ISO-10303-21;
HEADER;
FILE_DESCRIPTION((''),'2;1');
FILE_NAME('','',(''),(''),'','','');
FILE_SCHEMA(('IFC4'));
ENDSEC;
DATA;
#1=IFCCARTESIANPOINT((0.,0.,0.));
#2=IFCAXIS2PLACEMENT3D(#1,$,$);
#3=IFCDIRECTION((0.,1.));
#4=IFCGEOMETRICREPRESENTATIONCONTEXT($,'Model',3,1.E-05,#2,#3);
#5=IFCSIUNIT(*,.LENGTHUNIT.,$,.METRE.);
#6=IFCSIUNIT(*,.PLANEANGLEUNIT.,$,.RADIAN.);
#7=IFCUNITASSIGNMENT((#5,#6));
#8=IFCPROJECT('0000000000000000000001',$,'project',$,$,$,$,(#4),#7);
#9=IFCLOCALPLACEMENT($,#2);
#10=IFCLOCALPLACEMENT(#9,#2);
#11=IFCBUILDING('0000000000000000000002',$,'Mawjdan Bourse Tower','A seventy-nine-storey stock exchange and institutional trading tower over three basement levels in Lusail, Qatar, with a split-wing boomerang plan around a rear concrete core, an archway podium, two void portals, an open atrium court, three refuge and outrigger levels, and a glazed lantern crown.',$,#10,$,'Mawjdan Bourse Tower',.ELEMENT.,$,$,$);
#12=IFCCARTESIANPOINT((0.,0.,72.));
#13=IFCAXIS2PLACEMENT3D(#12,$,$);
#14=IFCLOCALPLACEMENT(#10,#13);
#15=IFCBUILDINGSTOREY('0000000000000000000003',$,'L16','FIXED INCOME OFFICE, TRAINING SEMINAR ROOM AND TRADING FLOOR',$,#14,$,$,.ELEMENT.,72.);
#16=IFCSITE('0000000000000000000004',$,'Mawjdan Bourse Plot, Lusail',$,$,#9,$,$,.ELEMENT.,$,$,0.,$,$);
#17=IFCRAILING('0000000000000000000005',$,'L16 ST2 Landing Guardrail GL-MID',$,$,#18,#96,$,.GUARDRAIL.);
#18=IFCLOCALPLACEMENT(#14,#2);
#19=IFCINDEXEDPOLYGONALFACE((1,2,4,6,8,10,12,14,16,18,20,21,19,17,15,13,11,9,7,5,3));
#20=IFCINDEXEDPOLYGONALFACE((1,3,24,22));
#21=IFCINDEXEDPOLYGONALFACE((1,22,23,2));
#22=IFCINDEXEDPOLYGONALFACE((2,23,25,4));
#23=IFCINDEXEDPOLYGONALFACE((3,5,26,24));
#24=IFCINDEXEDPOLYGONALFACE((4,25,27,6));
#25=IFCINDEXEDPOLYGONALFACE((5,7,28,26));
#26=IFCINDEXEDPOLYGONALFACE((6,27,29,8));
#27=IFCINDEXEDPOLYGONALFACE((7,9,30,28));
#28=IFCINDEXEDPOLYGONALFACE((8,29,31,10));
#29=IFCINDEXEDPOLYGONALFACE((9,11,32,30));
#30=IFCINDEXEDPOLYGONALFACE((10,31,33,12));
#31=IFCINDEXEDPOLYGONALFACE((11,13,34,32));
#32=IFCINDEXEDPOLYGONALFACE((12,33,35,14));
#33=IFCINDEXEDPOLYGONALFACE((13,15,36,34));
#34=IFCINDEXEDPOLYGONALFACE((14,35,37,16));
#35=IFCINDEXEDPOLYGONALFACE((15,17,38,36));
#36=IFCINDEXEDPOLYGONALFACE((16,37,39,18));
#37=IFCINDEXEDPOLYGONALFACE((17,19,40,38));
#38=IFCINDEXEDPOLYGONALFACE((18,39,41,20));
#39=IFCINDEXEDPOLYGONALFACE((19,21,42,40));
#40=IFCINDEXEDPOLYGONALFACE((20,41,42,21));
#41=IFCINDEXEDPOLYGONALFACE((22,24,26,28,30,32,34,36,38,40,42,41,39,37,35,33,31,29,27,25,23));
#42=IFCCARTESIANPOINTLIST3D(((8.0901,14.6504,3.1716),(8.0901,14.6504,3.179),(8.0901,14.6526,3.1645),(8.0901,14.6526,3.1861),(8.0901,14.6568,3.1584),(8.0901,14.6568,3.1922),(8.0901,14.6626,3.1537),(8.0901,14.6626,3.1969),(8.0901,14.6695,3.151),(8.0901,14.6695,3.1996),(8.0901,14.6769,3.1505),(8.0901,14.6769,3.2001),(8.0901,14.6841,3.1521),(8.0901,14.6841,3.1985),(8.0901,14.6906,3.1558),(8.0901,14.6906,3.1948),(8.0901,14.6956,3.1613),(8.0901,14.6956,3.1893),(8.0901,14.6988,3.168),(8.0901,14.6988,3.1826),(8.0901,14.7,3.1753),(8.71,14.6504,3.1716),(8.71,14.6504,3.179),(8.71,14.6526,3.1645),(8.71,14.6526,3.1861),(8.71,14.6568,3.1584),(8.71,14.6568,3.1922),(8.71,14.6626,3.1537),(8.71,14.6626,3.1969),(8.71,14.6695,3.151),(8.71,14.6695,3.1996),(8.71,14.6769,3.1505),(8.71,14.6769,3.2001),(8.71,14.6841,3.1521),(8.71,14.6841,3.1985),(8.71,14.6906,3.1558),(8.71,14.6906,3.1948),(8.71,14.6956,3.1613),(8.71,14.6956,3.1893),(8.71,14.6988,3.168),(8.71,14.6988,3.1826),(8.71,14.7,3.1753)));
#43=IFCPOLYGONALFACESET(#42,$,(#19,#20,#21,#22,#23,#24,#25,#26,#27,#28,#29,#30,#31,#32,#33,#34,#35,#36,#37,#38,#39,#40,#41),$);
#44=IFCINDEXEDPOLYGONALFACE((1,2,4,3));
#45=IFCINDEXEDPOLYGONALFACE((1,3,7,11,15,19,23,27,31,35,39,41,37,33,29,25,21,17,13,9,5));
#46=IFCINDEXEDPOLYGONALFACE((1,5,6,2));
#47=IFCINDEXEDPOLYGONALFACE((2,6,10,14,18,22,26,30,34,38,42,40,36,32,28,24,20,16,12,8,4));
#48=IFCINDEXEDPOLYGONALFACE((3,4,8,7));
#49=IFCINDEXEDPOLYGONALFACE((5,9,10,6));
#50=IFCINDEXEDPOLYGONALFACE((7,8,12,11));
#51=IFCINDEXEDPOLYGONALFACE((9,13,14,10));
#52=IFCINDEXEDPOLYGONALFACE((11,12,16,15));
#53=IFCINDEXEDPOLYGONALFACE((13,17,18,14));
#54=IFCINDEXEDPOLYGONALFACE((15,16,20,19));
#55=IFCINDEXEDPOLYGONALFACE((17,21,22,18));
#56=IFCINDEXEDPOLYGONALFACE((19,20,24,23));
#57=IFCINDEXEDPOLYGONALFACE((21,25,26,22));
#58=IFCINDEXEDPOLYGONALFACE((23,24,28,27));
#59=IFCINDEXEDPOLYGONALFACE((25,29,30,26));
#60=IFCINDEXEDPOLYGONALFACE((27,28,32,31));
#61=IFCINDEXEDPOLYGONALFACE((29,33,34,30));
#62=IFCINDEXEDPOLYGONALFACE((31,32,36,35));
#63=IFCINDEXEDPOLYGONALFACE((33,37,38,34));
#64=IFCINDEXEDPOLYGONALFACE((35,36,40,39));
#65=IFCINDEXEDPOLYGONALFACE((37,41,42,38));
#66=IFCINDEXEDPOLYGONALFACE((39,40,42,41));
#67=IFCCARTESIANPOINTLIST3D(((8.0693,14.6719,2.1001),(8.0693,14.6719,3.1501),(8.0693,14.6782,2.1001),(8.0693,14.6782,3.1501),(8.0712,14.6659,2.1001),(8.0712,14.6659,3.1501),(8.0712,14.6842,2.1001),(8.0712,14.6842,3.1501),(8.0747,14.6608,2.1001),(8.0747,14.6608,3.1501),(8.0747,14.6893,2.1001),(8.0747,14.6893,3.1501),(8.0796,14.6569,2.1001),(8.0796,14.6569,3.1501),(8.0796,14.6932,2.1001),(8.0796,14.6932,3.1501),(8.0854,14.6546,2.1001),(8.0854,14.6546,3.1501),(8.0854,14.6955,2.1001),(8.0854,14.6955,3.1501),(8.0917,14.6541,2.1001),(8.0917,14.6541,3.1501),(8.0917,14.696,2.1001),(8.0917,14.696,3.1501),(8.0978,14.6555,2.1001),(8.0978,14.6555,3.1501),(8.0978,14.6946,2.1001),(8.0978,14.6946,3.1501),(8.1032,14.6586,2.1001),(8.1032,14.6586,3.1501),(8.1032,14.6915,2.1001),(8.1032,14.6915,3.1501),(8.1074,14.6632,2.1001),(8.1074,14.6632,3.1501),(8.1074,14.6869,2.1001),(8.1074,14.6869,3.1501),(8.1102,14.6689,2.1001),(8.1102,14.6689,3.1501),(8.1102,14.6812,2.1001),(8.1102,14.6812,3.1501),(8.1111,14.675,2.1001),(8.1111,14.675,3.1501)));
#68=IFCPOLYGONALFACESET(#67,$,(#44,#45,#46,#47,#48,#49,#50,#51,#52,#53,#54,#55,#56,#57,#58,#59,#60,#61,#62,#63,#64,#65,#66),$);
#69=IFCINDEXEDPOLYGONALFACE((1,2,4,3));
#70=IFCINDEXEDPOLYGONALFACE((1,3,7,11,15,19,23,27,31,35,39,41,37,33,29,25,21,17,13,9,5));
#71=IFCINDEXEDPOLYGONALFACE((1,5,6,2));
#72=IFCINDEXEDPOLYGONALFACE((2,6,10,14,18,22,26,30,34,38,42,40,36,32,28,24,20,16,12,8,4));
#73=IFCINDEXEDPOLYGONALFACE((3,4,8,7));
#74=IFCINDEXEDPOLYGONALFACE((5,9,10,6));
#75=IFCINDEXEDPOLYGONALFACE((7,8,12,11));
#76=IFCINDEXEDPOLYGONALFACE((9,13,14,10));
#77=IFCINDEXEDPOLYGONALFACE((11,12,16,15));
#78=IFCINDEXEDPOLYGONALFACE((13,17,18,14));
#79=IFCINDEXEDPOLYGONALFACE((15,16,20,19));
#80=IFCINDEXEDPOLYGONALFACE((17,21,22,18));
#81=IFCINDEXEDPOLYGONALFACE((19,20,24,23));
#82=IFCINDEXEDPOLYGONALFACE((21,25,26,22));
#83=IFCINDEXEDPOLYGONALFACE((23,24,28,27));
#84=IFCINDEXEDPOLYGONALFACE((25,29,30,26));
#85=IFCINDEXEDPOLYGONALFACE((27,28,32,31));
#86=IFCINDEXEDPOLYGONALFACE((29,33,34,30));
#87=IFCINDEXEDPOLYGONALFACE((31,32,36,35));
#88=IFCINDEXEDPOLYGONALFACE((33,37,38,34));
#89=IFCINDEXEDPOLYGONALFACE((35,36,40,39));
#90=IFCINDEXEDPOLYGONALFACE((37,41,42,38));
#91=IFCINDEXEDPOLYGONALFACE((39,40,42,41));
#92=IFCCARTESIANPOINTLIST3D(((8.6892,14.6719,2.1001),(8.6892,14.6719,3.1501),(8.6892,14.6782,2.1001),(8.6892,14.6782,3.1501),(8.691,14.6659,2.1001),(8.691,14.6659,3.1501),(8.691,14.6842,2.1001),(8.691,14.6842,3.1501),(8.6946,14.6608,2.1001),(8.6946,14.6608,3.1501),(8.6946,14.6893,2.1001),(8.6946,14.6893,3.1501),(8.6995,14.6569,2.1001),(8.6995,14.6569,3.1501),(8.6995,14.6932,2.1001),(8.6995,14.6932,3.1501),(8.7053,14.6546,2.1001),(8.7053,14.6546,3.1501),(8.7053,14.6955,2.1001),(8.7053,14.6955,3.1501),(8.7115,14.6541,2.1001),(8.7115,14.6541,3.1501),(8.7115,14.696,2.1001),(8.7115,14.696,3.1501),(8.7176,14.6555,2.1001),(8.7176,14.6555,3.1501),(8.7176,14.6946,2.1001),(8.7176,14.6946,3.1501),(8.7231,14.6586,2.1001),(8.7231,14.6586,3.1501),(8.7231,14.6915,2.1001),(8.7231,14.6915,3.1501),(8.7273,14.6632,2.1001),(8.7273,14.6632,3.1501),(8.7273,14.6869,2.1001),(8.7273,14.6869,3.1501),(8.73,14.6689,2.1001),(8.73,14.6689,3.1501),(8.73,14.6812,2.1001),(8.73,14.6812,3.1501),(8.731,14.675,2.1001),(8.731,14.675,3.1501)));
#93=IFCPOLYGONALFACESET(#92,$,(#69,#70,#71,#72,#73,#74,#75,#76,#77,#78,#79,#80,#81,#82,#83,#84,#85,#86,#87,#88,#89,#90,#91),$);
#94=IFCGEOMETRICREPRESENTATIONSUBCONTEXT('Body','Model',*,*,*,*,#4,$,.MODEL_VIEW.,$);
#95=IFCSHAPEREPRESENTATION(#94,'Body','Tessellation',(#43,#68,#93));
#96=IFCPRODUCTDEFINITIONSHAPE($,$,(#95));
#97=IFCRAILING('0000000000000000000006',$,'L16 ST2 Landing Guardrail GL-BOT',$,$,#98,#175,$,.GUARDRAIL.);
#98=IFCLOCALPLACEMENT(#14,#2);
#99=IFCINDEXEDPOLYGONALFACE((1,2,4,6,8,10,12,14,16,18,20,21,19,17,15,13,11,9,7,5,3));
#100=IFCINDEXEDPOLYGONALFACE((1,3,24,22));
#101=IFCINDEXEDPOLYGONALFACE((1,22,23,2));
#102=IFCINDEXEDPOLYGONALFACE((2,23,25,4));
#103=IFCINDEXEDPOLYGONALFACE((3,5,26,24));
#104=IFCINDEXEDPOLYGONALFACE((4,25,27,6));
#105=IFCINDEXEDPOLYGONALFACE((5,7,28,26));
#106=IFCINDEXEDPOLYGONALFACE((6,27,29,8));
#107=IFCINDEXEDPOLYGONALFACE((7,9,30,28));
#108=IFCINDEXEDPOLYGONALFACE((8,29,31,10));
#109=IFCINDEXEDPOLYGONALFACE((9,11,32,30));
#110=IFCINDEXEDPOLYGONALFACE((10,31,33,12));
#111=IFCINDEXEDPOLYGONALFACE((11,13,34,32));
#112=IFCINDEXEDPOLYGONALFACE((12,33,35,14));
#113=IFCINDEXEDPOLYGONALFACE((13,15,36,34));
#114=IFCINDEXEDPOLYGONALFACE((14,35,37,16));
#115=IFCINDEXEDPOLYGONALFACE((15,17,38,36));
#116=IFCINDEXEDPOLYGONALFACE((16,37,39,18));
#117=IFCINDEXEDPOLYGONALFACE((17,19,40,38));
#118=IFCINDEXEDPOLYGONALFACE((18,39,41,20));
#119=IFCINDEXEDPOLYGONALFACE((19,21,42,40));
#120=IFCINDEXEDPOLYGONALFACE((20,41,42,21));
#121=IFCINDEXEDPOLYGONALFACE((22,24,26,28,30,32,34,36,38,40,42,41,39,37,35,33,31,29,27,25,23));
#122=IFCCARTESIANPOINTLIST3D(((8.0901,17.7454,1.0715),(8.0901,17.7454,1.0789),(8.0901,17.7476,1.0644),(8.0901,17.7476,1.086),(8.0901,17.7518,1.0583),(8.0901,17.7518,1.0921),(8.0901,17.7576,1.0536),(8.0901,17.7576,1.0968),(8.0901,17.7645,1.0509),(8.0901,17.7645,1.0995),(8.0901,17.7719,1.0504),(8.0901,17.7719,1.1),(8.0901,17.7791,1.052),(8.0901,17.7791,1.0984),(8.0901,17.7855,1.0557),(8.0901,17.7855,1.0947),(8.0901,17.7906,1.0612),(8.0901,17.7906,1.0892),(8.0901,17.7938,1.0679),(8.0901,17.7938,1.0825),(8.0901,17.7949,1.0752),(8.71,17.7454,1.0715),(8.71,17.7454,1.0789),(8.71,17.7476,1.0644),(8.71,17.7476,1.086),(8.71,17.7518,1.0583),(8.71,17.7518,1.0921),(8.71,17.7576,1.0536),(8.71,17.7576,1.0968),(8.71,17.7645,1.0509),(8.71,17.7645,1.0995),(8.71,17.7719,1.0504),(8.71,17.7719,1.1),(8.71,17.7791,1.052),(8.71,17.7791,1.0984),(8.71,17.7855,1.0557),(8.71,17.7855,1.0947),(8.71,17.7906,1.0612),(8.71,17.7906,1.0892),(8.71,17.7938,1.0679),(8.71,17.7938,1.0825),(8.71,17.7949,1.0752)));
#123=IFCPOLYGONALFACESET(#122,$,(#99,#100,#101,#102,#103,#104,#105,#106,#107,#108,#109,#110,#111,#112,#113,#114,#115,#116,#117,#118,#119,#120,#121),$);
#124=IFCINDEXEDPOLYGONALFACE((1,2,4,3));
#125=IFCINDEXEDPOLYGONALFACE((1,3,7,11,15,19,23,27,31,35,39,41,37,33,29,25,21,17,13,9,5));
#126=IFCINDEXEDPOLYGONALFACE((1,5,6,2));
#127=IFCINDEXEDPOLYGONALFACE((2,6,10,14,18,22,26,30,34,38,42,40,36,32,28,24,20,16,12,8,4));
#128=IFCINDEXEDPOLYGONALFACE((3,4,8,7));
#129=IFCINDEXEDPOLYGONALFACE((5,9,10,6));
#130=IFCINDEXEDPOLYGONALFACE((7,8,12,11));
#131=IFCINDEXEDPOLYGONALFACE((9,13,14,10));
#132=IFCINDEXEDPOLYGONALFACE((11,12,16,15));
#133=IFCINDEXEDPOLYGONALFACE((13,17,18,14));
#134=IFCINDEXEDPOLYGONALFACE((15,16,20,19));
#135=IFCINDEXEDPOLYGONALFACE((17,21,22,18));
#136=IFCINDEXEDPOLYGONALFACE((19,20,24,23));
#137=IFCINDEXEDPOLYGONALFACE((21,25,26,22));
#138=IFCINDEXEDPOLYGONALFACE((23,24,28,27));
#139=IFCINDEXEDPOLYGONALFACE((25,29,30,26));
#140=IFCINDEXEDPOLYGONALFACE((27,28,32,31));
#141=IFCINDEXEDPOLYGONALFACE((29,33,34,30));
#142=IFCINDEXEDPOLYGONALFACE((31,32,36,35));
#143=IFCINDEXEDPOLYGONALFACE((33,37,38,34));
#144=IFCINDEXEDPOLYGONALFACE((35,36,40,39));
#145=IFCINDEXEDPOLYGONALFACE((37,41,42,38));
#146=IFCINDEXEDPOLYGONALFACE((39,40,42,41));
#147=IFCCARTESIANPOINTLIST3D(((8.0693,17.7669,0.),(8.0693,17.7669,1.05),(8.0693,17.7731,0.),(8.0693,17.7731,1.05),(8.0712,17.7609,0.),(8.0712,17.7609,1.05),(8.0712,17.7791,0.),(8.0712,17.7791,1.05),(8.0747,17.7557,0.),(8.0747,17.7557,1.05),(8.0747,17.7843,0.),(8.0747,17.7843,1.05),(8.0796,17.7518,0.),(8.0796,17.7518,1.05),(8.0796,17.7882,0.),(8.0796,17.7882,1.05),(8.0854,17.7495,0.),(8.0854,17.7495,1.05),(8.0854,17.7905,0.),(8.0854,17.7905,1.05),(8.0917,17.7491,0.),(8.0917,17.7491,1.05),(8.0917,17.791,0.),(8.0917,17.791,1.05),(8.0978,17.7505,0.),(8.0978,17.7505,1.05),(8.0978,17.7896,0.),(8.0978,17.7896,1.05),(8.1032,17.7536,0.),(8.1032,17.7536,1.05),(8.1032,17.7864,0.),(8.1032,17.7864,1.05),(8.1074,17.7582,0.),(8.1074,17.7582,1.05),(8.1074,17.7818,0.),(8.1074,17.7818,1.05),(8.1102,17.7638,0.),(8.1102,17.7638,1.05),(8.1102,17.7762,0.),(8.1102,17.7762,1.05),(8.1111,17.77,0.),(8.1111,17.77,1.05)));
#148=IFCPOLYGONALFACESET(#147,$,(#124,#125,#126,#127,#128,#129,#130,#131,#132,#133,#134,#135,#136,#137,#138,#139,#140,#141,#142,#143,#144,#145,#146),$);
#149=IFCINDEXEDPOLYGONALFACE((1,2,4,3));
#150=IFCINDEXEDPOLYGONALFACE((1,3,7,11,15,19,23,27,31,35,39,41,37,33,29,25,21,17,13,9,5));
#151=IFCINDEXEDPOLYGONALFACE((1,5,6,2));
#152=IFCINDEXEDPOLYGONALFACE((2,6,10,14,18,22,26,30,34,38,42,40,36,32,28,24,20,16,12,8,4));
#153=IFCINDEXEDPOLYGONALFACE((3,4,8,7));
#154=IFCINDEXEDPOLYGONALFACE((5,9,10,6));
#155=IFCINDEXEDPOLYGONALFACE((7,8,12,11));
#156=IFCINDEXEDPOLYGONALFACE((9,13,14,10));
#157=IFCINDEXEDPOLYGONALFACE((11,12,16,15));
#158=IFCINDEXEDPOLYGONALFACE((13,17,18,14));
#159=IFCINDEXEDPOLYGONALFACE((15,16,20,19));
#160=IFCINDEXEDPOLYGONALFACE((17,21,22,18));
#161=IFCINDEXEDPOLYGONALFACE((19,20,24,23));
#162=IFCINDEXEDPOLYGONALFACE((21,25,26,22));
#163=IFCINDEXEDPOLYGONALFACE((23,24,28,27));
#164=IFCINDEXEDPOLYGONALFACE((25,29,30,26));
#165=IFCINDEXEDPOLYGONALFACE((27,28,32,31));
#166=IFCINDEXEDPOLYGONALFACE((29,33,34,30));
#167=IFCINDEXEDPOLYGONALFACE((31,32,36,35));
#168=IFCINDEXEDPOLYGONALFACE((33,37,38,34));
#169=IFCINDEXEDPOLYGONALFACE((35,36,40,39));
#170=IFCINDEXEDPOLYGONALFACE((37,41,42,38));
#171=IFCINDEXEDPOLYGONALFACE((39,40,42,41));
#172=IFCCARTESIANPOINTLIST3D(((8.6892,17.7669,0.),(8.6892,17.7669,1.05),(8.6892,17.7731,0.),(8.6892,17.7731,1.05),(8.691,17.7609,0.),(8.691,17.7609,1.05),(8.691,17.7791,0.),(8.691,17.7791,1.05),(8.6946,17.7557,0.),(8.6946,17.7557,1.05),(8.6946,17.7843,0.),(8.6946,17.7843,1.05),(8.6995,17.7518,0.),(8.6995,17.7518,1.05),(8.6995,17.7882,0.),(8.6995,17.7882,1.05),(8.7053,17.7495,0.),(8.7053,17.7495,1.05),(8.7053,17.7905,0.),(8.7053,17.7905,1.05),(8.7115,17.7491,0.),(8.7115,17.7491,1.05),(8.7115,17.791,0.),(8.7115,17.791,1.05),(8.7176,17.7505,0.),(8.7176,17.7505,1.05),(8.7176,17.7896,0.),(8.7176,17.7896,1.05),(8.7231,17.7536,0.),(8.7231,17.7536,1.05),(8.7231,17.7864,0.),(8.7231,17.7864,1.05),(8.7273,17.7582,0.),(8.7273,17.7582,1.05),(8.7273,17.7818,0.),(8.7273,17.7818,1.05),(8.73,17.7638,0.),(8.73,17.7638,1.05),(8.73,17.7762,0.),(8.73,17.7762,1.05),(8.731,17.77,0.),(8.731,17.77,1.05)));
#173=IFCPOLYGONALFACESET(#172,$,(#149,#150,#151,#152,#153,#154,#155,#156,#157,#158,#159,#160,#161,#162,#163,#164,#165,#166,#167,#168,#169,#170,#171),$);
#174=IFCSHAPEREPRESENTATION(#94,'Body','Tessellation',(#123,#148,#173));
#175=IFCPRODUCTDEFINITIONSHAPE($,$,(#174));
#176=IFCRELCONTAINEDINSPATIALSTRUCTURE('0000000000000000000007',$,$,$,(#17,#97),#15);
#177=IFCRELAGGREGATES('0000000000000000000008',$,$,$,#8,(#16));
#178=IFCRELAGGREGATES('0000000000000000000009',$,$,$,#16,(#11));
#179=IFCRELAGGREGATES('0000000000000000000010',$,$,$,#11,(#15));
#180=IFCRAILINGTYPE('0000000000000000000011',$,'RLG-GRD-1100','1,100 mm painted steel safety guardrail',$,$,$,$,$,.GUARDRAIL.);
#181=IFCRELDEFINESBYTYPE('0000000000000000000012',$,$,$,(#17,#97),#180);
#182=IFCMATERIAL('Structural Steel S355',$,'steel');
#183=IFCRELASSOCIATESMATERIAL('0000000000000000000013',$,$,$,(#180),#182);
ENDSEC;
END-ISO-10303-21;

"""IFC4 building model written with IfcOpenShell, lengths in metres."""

from ifc_helpers import new_model, si_unit, direction, frame, origin, origin_2d, place, context, subcontext, project, spatial, circle, extrude, material, type_object, element, save


model = new_model("IFC4")

# Units and contexts
model_context = context("Model", 3, precision=1e-05, world=origin(), true_north=direction((0.0, 1.0)))
body_context = subcontext(model_context, "Body", "Model", "MODEL_VIEW")
ifc_project = project(units=[si_unit("LENGTHUNIT", "METRE"), si_unit("PLANEANGLEUNIT", "RADIAN")], contexts=[model_context])

# Site, building, storey
site_placement = place(None, origin())
site = spatial("IfcSite", under=ifc_project, at=site_placement, Name="Mawjdan Bourse Plot, Lusail", CompositionType="ELEMENT", RefElevation=0.0)
building_placement = place(site_placement, origin())
building = spatial("IfcBuilding", under=site, at=building_placement, Name="Mawjdan Bourse Tower", Description="A seventy-nine-storey stock exchange and institutional trading tower over three basement levels in Lusail, Qatar, with a split-wing boomerang plan around a rear concrete core, an archway podium, two void portals, an open atrium court, three refuge and outrigger levels, and a glazed lantern crown.", LongName="Mawjdan Bourse Tower", CompositionType="ELEMENT")
storey_placement = place(building_placement, frame((0.0, 0.0, 72.0)))
storey = spatial("IfcBuildingStorey", under=building, at=storey_placement, Name="L16", Description="FIXED INCOME OFFICE, TRAINING SEMINAR ROOM AND TRADING FLOOR", CompositionType="ELEMENT", Elevation=72.0)

# Railings
ifc_material_1 = material(Name="Structural Steel S355", Category="steel")
railing_type_1 = type_object("IfcRailingType", Name="RLG-GRD-1100", Description="1,100 mm painted steel safety guardrail", PredefinedType="GUARDRAIL", material=ifc_material_1)
for number, where, name in (
    (1, (8.0901, 14.675, 2.1001), "L16 ST2 Landing Guardrail GL-MID"),
    (2, (8.0901, 17.77, 0.0), "L16 ST2 Landing Guardrail GL-BOT"),
):
    element("IfcRailing", number, at=place(storey_placement, frame(where)), inside=storey, type_object=railing_type_1, Name=name, PredefinedType="GUARDRAIL", context=body_context, shape_type="SweptSolid", body=[
        extrude(circle(Radius=0.0249, at=origin_2d()), frame((0.0, 0.0, 1.0752), z_axis=(1.0, 0.0, 0.0), x_axis=(0.0, 1.0, 0.0)), (0.0, 0.0, 1.0), 0.6199),
        extrude(circle(Radius=0.021, at=origin_2d()), origin(), (0.0, 0.0, 1.0), 1.05),
        extrude(circle(Radius=0.021, at=origin_2d()), frame((0.6199, 0.0, 0.0)), (0.0, 0.0, 1.0), 1.05),
    ])

save(model, "model.ifc")
